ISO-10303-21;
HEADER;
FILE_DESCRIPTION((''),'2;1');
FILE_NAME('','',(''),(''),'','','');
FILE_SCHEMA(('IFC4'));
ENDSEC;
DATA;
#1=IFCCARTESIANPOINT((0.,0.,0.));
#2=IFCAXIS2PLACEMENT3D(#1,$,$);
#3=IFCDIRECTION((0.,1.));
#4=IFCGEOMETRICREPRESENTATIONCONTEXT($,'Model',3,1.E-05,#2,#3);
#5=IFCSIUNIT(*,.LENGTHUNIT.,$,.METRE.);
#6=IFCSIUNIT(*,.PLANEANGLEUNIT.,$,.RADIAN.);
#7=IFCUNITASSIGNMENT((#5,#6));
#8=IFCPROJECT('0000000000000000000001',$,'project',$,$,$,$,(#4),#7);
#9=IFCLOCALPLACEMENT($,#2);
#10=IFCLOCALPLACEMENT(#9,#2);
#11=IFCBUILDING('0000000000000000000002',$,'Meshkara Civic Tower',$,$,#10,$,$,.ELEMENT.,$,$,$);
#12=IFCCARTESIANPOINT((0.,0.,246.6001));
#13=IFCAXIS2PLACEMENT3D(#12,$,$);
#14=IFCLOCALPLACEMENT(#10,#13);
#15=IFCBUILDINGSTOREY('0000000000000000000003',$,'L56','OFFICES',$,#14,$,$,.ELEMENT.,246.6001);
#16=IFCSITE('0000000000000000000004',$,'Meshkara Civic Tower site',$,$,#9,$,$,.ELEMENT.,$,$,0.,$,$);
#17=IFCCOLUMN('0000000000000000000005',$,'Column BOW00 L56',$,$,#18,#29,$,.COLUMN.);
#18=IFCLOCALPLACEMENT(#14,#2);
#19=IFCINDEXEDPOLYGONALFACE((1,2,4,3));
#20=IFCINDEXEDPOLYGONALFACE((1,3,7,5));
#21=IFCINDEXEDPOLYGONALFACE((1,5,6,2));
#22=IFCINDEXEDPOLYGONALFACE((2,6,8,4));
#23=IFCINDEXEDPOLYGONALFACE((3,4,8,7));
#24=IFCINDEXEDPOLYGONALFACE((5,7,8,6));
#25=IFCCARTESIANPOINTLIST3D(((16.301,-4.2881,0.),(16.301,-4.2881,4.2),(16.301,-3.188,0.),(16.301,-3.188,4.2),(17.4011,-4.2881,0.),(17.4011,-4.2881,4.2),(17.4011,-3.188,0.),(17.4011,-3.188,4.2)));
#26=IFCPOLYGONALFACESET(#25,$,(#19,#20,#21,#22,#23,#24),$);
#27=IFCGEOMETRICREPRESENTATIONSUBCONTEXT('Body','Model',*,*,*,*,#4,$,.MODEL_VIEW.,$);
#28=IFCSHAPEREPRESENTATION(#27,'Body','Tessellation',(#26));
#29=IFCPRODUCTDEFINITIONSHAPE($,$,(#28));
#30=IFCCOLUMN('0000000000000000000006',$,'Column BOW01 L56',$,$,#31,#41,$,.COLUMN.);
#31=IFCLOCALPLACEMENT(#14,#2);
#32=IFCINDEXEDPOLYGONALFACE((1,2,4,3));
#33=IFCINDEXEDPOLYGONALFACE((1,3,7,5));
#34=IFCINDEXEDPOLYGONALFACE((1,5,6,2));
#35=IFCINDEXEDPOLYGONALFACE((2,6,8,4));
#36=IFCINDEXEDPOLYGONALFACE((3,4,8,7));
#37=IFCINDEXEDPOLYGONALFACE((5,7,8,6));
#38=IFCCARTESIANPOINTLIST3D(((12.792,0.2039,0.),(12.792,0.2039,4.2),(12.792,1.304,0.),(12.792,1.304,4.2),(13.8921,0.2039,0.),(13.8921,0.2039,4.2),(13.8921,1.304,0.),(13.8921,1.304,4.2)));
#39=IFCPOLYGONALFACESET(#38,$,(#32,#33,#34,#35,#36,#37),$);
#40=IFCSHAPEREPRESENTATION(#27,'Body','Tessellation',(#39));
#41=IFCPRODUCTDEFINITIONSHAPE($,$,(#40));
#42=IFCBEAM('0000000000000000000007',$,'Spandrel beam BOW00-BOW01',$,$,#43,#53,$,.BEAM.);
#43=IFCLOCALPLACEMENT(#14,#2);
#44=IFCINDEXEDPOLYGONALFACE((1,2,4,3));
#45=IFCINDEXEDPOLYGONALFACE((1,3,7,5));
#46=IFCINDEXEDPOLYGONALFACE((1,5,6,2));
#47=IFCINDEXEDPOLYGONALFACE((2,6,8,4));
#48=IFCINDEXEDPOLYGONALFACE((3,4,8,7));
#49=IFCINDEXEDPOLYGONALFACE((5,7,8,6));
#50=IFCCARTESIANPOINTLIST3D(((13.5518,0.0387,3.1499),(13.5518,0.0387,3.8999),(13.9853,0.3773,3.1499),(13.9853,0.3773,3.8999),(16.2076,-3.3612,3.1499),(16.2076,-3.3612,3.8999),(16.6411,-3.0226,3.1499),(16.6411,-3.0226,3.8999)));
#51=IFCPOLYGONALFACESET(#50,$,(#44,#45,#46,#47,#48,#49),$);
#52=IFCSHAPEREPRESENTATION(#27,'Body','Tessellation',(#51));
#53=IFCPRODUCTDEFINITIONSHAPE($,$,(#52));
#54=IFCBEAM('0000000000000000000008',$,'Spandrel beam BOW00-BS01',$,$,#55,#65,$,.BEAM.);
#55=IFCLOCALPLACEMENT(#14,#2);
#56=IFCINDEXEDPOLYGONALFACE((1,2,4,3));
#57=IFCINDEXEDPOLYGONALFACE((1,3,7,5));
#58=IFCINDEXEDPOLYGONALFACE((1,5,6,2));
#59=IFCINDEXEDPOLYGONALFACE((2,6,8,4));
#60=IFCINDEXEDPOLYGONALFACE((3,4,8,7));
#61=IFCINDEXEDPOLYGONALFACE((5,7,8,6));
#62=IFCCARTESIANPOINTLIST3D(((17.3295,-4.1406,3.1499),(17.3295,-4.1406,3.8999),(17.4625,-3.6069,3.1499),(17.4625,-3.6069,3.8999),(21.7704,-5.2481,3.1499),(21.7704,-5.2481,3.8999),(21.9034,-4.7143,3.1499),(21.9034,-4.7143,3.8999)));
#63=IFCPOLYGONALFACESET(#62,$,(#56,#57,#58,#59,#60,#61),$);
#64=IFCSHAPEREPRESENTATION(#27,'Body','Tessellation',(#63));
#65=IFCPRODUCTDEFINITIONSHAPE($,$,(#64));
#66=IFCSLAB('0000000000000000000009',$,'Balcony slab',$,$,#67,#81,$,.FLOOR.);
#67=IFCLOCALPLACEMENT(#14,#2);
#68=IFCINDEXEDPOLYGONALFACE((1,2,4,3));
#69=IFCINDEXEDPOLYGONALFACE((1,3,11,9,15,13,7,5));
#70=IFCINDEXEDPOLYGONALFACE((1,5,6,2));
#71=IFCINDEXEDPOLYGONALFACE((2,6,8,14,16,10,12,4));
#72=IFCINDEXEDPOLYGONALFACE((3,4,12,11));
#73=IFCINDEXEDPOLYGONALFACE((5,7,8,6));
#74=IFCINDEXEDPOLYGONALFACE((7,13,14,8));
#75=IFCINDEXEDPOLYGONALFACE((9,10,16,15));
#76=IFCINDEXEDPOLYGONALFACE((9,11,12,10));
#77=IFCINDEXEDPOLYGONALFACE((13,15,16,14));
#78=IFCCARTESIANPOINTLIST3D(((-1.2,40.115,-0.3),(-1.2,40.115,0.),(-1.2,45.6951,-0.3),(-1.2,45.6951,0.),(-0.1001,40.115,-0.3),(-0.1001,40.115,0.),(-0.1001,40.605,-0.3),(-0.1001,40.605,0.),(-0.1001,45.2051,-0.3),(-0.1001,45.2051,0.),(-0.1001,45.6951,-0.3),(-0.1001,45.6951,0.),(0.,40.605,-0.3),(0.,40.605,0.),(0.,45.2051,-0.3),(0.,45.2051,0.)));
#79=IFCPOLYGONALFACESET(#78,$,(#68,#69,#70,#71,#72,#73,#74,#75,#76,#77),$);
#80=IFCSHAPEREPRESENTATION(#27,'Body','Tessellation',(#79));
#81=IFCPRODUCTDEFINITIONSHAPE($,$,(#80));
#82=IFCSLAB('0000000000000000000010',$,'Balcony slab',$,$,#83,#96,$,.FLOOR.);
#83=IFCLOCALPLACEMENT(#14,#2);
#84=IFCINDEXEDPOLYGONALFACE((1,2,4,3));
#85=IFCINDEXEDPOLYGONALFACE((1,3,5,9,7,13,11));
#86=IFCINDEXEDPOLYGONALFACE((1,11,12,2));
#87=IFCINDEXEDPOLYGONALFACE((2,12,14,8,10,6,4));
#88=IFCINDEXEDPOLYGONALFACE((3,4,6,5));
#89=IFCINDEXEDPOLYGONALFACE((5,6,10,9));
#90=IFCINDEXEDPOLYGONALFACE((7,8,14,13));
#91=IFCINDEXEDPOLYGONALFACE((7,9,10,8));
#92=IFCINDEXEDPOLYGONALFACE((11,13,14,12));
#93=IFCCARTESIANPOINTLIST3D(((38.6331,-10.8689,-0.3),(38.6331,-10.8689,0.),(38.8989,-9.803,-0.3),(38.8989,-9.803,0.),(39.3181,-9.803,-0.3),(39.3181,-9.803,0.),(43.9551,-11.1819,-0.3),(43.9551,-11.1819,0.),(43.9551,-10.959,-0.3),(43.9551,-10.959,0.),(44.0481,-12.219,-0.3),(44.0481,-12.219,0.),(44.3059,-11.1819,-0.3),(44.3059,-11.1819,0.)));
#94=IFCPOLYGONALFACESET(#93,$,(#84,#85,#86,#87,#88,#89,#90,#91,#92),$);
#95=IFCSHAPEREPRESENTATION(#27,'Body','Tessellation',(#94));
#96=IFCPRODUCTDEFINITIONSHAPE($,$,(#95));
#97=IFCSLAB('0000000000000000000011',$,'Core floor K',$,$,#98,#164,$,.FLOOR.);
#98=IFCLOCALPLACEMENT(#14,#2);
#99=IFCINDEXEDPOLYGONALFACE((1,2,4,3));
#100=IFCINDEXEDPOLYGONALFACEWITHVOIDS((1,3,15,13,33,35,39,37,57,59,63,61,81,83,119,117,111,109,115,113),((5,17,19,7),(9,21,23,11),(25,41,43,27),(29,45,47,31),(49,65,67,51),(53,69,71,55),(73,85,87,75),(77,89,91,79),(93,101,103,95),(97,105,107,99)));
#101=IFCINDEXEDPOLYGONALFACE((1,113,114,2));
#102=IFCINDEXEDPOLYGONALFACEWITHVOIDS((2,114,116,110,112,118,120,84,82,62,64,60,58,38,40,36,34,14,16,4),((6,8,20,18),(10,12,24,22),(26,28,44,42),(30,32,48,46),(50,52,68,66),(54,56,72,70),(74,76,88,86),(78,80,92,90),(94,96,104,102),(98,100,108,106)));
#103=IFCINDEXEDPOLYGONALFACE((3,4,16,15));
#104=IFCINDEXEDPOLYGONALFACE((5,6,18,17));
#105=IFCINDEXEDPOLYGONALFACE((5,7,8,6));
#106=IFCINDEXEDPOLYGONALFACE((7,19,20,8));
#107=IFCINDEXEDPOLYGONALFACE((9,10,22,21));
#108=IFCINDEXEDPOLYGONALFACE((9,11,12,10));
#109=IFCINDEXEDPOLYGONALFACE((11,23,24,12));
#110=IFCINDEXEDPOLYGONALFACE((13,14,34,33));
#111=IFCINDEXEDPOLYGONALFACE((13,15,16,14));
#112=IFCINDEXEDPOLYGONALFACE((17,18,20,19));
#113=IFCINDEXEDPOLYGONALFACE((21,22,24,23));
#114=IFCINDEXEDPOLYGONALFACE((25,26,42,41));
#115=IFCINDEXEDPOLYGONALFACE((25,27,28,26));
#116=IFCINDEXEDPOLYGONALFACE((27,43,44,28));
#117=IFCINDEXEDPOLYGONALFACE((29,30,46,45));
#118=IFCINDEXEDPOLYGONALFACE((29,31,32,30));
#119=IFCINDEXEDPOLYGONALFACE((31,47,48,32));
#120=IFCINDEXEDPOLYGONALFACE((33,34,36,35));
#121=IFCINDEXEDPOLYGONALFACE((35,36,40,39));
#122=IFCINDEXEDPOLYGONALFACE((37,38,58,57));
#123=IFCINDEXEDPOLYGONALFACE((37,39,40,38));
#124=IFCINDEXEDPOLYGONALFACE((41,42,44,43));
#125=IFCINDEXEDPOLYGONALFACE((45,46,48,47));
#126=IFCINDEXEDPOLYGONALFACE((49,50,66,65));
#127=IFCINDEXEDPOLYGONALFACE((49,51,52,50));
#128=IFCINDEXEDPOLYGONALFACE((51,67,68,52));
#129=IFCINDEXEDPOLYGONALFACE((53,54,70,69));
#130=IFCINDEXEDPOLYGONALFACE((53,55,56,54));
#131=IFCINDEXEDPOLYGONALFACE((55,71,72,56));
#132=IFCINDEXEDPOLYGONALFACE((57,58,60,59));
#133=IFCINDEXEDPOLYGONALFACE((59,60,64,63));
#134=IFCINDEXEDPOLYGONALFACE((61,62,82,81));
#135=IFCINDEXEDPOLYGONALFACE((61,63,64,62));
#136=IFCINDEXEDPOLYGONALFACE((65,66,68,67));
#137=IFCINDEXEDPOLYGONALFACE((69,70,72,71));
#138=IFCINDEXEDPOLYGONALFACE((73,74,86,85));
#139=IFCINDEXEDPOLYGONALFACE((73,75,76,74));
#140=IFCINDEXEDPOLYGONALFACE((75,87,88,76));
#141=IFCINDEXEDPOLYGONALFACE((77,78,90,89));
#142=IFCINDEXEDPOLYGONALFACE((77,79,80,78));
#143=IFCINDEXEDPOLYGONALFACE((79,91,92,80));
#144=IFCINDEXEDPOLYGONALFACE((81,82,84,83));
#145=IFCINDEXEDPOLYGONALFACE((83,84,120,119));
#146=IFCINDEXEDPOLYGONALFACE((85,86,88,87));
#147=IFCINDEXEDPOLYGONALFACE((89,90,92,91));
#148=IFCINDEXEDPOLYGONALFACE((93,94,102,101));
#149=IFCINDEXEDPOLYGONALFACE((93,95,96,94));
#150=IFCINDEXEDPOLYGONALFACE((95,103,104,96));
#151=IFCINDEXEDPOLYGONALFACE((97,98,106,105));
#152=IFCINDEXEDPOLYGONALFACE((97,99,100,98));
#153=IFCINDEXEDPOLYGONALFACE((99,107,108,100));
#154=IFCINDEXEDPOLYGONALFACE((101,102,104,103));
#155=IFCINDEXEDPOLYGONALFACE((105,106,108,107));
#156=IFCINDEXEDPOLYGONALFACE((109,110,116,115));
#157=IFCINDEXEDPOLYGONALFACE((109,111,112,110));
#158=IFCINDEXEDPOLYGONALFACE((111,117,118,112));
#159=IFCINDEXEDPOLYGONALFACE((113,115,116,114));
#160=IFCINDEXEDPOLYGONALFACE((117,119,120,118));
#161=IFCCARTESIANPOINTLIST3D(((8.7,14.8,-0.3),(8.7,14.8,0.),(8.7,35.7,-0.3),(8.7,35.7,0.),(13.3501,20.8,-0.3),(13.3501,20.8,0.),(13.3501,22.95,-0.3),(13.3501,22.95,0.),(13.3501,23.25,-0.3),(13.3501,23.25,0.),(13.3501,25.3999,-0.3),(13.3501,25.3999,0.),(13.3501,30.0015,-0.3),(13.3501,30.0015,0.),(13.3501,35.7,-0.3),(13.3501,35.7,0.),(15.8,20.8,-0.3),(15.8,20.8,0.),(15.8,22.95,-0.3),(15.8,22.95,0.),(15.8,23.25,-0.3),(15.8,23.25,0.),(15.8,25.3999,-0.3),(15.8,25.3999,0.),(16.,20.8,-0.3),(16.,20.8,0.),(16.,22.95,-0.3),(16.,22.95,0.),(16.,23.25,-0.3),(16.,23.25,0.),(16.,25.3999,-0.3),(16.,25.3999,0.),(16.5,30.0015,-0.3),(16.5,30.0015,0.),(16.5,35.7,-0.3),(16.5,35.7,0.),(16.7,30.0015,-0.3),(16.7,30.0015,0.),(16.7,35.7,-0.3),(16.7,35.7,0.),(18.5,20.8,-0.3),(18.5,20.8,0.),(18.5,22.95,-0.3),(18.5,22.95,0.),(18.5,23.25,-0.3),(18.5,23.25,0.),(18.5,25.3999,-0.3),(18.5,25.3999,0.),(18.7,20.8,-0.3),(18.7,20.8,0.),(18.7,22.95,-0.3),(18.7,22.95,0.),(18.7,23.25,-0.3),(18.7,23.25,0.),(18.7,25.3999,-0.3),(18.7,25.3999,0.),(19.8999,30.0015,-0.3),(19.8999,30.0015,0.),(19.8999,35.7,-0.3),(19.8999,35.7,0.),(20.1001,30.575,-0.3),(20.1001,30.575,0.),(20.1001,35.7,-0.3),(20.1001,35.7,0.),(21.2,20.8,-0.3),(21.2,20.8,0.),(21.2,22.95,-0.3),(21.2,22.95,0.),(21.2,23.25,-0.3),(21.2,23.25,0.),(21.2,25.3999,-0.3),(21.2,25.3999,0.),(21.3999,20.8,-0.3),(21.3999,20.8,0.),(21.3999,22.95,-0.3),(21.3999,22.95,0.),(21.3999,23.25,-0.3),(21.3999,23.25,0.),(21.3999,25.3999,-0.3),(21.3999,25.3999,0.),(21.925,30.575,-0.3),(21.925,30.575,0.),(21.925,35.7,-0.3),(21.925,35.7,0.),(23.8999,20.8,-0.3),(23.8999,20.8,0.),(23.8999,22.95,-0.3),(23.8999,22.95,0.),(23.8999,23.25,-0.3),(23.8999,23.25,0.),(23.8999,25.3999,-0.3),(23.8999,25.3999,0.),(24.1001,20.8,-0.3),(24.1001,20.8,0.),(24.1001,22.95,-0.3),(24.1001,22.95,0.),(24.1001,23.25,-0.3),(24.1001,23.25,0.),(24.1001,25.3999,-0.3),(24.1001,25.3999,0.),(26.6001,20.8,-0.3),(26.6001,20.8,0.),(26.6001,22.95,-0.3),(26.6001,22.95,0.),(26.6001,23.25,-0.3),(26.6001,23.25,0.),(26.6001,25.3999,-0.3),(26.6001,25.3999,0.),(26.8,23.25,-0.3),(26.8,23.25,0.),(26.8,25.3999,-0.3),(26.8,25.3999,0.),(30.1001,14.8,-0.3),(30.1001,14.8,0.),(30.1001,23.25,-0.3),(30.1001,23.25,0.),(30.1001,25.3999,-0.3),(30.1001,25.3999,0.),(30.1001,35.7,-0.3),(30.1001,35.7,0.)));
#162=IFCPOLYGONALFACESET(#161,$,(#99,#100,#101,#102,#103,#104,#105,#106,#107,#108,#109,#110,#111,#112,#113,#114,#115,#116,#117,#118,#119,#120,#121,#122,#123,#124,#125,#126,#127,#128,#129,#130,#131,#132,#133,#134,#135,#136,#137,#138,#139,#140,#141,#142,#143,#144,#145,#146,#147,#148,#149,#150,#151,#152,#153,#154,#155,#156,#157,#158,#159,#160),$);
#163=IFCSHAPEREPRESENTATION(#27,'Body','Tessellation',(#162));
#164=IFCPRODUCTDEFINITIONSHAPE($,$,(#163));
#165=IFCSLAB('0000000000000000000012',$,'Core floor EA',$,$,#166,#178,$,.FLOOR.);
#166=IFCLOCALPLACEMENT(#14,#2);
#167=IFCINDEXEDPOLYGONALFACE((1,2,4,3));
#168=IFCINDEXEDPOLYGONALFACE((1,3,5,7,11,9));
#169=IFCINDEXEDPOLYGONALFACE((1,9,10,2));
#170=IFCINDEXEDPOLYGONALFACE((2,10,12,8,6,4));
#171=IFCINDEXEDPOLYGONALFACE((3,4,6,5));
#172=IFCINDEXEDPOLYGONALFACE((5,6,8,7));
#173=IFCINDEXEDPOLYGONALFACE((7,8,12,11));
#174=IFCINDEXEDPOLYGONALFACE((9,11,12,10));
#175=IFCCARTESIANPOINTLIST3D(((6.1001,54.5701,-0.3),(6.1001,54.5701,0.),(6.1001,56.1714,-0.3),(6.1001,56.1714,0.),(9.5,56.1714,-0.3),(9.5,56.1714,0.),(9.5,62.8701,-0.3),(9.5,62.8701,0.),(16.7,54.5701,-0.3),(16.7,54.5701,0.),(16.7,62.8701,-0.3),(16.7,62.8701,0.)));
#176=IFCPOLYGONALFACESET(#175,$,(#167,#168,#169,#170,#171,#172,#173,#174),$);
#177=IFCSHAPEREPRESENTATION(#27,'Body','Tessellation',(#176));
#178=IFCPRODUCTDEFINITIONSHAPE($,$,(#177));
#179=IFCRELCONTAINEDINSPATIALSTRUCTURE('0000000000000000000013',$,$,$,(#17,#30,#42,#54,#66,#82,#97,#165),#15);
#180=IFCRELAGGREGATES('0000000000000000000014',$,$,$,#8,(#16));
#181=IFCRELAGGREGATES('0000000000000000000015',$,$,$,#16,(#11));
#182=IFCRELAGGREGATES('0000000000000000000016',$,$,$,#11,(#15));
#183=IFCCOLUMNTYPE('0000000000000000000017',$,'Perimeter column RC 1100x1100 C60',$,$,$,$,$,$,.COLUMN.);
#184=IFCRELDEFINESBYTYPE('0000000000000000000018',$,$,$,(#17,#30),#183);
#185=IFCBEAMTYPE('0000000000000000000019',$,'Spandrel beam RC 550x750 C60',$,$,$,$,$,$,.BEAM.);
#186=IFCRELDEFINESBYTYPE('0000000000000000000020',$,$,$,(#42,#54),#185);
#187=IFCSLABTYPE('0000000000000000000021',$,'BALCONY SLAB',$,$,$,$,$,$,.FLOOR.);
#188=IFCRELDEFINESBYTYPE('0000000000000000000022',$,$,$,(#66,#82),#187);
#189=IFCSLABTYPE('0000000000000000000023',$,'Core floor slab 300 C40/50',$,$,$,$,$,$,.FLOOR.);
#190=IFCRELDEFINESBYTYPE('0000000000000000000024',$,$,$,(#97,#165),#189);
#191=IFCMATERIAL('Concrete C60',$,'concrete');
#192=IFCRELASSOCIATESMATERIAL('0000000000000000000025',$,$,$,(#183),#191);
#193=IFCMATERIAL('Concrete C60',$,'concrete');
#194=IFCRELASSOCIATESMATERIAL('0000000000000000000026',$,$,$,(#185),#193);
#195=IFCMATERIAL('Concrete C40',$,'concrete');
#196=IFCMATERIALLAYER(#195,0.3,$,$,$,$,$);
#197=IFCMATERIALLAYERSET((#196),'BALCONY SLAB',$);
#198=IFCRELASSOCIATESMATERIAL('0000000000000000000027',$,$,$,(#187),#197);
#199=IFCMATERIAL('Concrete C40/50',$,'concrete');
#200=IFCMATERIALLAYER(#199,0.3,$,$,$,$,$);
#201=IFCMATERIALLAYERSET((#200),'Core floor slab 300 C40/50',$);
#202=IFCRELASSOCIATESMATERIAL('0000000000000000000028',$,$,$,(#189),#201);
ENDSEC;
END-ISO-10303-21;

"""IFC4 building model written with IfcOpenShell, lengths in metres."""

from ifc_helpers import new_model, si_unit, direction, frame, origin, origin_2d, place, context, subcontext, project, spatial, polyline, rectangle, outline, extrude, material, layer, layer_set, material_profile, profile_set, type_object, element, save


model = new_model("IFC4")

# Units and contexts
model_context = context("Model", 3, precision=1e-05, world=origin(), true_north=direction((0.0, 1.0)))
body_context = subcontext(model_context, "Body", "Model", "MODEL_VIEW")
ifc_project = project(units=[si_unit("LENGTHUNIT", "METRE"), si_unit("PLANEANGLEUNIT", "RADIAN")], contexts=[model_context])

# Site, building, storey
site_placement = place(None, origin())
site = spatial("IfcSite", under=ifc_project, at=site_placement, Name="Meshkara Civic Tower site", CompositionType="ELEMENT", RefElevation=0.0)
building_placement = place(site_placement, origin())
building = spatial("IfcBuilding", under=site, at=building_placement, Name="Meshkara Civic Tower", CompositionType="ELEMENT")
storey_placement = place(building_placement, frame((0.0, 0.0, 246.6001)))
storey = spatial("IfcBuildingStorey", under=building, at=storey_placement, Name="L56", Description="OFFICES", CompositionType="ELEMENT", Elevation=246.6001)

# Columns
ifc_material_1 = material(Name="Concrete C60", Category="concrete")
ifc_material_profile_1 = material_profile(ifc_material_1, rectangle(XDim=1.1001, YDim=1.1001, at=origin_2d()))
ifc_profile_set_1 = profile_set([ifc_material_profile_1], Name="Concrete C60")
column_type = type_object("IfcColumnType", Name="Perimeter column RC 1100x1100 C60", PredefinedType="COLUMN", material=ifc_profile_set_1)
for number, where, z_axis, x_axis, name in (
    (1, (16.8511, -3.738, 0.0), (0.0, 0.0, 1.0), (1.0, 0.0, 0.0), "Column BOW00 L56"),
    (2, (13.342, 0.7539, 0.0), (0.0, 0.0, 1.0), (1.0, 0.0, 0.0), "Column BOW01 L56"),
):
    element("IfcColumn", number, at=place(storey_placement, frame(where, z_axis=z_axis, x_axis=x_axis)), inside=storey, type_object=column_type, Name=name, PredefinedType="COLUMN", context=body_context, shape_type="SweptSolid", body=[
        extrude(rectangle(XDim=1.1001, YDim=1.1001, at=origin_2d()), origin(), (0.0, 0.0, 1.0), 4.2),
    ])

# Beams
ifc_material_2 = material(Name="Concrete C60", Category="concrete")
ifc_material_profile_2 = material_profile(ifc_material_2, rectangle(XDim=0.55, YDim=0.75, at=origin_2d()))
ifc_profile_set_2 = profile_set([ifc_material_profile_2], Name="Concrete C60")
beam_type = type_object("IfcBeamType", Name="Spandrel beam RC 550x750 C60", PredefinedType="BEAM", material=ifc_profile_set_2)
beam_1_placement = place(storey_placement, frame((13.7686, 0.208, 3.5249), z_axis=(0.615585, -0.788071, 0.0), x_axis=(0.788071, 0.615585, 0.0)))
element("IfcBeam", 3, at=beam_1_placement, inside=storey, type_object=beam_type, Name="Spandrel beam BOW00-BOW01", PredefinedType="BEAM", context=body_context, shape_type="SweptSolid", body=[
    extrude(rectangle(XDim=0.55, YDim=0.75, at=origin_2d()), origin(), (0.0, 0.0, 1.0), 4.3142),
])
beam_2_placement = place(storey_placement, frame((17.396, -3.8738, 3.5249), z_axis=(0.970287, -0.241958, 0.0), x_axis=(0.241958, 0.970287, 0.0)))
element("IfcBeam", 4, at=beam_2_placement, inside=storey, type_object=beam_type, Name="Spandrel beam BOW00-BS01", PredefinedType="BEAM", context=body_context, shape_type="SweptSolid", body=[
    extrude(rectangle(XDim=0.55, YDim=0.75, at=origin_2d()), origin(), (0.0, 0.0, 1.0), 4.5769),
])

# Slabs
ifc_material_3 = material(Name="Concrete C40", Category="concrete")
ifc_layer_1 = layer(ifc_material_3, 0.3)
ifc_layer_set_1 = layer_set([ifc_layer_1], Name="BALCONY SLAB")
slab_type_1 = type_object("IfcSlabType", Name="BALCONY SLAB", PredefinedType="FLOOR", material=ifc_layer_set_1)
slab_1_placement = place(storey_placement, frame((0.0, 0.0, -0.3)))
element("IfcSlab", 5, at=slab_1_placement, inside=storey, type_object=slab_type_1, Name="Balcony slab", PredefinedType="FLOOR", context=body_context, shape_type="SweptSolid", body=[
    extrude(outline(polyline([(-1.2, 40.115), (-1.2, 45.6951), (-0.1001, 45.6951), (-0.1001, 45.2051), (0.0, 45.2051), (0.0, 40.605), (-0.1001, 40.605), (-0.1001, 40.115), (-1.2, 40.115)])), origin(), (0.0, 0.0, 1.0), 0.3),
])
slab_2_placement = place(storey_placement, frame((0.0, 0.0, -0.3)))
element("IfcSlab", 6, at=slab_2_placement, inside=storey, type_object=slab_type_1, Name="Balcony slab", PredefinedType="FLOOR", context=body_context, shape_type="SweptSolid", body=[
    extrude(outline(polyline([(44.0481, -12.219), (38.6331, -10.8689), (38.8989, -9.803), (39.3181, -9.803), (43.9551, -10.959), (43.9551, -11.1819), (44.3059, -11.1819), (44.0481, -12.219)])), origin(), (0.0, 0.0, 1.0), 0.3),
])
ifc_material_4 = material(Name="Concrete C40/50", Category="concrete")
ifc_layer_2 = layer(ifc_material_4, 0.3)
ifc_layer_set_2 = layer_set([ifc_layer_2], Name="Core floor slab 300 C40/50")
slab_type_2 = type_object("IfcSlabType", Name="Core floor slab 300 C40/50", PredefinedType="FLOOR", material=ifc_layer_set_2)
slab_3_placement = place(storey_placement, frame((0.0, 0.0, -0.3)))
element("IfcSlab", 7, at=slab_3_placement, inside=storey, type_object=slab_type_2, Name="Core floor K", PredefinedType="FLOOR", context=body_context, shape_type="SweptSolid", body=[
    extrude(outline(polyline([(8.7, 35.7), (13.3501, 35.7), (13.3501, 30.0015), (16.5, 30.0015), (16.5, 35.7), (16.7, 35.7), (16.7, 30.0015), (19.8999, 30.0015), (19.8999, 35.7), (20.1001, 35.7), (20.1001, 30.575), (21.925, 30.575), (21.925, 35.7), (30.1001, 35.7), (30.1001, 25.3999), (26.8, 25.3999), (26.8, 23.25), (30.1001, 23.25), (30.1001, 14.8), (8.7, 14.8), (8.7, 35.7)]), holes=[polyline([(15.8, 22.95), (13.3501, 22.95), (13.3501, 20.8), (15.8, 20.8), (15.8, 22.95)]), polyline([(16.0, 22.95), (16.0, 20.8), (18.5, 20.8), (18.5, 22.95), (16.0, 22.95)]), polyline([(18.7, 22.95), (18.7, 20.8), (21.2, 20.8), (21.2, 22.95), (18.7, 22.95)]), polyline([(15.8, 23.25), (15.8, 25.3999), (13.3501, 25.3999), (13.3501, 23.25), (15.8, 23.25)]), polyline([(16.0, 25.3999), (16.0, 23.25), (18.5, 23.25), (18.5, 25.3999), (16.0, 25.3999)]), polyline([(23.8999, 20.8), (23.8999, 22.95), (21.3999, 22.95), (21.3999, 20.8), (23.8999, 20.8)]), polyline([(24.1001, 20.8), (26.6001, 20.8), (26.6001, 22.95), (24.1001, 22.95), (24.1001, 20.8)]), polyline([(18.7, 25.3999), (18.7, 23.25), (21.2, 23.25), (21.2, 25.3999), (18.7, 25.3999)]), polyline([(21.3999, 23.25), (23.8999, 23.25), (23.8999, 25.3999), (21.3999, 25.3999), (21.3999, 23.25)]), polyline([(24.1001, 23.25), (26.6001, 23.25), (26.6001, 25.3999), (24.1001, 25.3999), (24.1001, 23.25)])]), origin(), (0.0, 0.0, 1.0), 0.3),
])
slab_4_placement = place(storey_placement, frame((0.0, 0.0, -0.3)))
element("IfcSlab", 8, at=slab_4_placement, inside=storey, type_object=slab_type_2, Name="Core floor EA", PredefinedType="FLOOR", context=body_context, shape_type="SweptSolid", body=[
    extrude(outline(polyline([(16.7, 54.5701), (16.7, 62.8701), (9.5, 62.8701), (9.5, 56.1714), (6.1001, 56.1714), (6.1001, 54.5701), (16.7, 54.5701)])), origin(), (0.0, 0.0, 1.0), 0.3),
])

save(model, "model.ifc")
